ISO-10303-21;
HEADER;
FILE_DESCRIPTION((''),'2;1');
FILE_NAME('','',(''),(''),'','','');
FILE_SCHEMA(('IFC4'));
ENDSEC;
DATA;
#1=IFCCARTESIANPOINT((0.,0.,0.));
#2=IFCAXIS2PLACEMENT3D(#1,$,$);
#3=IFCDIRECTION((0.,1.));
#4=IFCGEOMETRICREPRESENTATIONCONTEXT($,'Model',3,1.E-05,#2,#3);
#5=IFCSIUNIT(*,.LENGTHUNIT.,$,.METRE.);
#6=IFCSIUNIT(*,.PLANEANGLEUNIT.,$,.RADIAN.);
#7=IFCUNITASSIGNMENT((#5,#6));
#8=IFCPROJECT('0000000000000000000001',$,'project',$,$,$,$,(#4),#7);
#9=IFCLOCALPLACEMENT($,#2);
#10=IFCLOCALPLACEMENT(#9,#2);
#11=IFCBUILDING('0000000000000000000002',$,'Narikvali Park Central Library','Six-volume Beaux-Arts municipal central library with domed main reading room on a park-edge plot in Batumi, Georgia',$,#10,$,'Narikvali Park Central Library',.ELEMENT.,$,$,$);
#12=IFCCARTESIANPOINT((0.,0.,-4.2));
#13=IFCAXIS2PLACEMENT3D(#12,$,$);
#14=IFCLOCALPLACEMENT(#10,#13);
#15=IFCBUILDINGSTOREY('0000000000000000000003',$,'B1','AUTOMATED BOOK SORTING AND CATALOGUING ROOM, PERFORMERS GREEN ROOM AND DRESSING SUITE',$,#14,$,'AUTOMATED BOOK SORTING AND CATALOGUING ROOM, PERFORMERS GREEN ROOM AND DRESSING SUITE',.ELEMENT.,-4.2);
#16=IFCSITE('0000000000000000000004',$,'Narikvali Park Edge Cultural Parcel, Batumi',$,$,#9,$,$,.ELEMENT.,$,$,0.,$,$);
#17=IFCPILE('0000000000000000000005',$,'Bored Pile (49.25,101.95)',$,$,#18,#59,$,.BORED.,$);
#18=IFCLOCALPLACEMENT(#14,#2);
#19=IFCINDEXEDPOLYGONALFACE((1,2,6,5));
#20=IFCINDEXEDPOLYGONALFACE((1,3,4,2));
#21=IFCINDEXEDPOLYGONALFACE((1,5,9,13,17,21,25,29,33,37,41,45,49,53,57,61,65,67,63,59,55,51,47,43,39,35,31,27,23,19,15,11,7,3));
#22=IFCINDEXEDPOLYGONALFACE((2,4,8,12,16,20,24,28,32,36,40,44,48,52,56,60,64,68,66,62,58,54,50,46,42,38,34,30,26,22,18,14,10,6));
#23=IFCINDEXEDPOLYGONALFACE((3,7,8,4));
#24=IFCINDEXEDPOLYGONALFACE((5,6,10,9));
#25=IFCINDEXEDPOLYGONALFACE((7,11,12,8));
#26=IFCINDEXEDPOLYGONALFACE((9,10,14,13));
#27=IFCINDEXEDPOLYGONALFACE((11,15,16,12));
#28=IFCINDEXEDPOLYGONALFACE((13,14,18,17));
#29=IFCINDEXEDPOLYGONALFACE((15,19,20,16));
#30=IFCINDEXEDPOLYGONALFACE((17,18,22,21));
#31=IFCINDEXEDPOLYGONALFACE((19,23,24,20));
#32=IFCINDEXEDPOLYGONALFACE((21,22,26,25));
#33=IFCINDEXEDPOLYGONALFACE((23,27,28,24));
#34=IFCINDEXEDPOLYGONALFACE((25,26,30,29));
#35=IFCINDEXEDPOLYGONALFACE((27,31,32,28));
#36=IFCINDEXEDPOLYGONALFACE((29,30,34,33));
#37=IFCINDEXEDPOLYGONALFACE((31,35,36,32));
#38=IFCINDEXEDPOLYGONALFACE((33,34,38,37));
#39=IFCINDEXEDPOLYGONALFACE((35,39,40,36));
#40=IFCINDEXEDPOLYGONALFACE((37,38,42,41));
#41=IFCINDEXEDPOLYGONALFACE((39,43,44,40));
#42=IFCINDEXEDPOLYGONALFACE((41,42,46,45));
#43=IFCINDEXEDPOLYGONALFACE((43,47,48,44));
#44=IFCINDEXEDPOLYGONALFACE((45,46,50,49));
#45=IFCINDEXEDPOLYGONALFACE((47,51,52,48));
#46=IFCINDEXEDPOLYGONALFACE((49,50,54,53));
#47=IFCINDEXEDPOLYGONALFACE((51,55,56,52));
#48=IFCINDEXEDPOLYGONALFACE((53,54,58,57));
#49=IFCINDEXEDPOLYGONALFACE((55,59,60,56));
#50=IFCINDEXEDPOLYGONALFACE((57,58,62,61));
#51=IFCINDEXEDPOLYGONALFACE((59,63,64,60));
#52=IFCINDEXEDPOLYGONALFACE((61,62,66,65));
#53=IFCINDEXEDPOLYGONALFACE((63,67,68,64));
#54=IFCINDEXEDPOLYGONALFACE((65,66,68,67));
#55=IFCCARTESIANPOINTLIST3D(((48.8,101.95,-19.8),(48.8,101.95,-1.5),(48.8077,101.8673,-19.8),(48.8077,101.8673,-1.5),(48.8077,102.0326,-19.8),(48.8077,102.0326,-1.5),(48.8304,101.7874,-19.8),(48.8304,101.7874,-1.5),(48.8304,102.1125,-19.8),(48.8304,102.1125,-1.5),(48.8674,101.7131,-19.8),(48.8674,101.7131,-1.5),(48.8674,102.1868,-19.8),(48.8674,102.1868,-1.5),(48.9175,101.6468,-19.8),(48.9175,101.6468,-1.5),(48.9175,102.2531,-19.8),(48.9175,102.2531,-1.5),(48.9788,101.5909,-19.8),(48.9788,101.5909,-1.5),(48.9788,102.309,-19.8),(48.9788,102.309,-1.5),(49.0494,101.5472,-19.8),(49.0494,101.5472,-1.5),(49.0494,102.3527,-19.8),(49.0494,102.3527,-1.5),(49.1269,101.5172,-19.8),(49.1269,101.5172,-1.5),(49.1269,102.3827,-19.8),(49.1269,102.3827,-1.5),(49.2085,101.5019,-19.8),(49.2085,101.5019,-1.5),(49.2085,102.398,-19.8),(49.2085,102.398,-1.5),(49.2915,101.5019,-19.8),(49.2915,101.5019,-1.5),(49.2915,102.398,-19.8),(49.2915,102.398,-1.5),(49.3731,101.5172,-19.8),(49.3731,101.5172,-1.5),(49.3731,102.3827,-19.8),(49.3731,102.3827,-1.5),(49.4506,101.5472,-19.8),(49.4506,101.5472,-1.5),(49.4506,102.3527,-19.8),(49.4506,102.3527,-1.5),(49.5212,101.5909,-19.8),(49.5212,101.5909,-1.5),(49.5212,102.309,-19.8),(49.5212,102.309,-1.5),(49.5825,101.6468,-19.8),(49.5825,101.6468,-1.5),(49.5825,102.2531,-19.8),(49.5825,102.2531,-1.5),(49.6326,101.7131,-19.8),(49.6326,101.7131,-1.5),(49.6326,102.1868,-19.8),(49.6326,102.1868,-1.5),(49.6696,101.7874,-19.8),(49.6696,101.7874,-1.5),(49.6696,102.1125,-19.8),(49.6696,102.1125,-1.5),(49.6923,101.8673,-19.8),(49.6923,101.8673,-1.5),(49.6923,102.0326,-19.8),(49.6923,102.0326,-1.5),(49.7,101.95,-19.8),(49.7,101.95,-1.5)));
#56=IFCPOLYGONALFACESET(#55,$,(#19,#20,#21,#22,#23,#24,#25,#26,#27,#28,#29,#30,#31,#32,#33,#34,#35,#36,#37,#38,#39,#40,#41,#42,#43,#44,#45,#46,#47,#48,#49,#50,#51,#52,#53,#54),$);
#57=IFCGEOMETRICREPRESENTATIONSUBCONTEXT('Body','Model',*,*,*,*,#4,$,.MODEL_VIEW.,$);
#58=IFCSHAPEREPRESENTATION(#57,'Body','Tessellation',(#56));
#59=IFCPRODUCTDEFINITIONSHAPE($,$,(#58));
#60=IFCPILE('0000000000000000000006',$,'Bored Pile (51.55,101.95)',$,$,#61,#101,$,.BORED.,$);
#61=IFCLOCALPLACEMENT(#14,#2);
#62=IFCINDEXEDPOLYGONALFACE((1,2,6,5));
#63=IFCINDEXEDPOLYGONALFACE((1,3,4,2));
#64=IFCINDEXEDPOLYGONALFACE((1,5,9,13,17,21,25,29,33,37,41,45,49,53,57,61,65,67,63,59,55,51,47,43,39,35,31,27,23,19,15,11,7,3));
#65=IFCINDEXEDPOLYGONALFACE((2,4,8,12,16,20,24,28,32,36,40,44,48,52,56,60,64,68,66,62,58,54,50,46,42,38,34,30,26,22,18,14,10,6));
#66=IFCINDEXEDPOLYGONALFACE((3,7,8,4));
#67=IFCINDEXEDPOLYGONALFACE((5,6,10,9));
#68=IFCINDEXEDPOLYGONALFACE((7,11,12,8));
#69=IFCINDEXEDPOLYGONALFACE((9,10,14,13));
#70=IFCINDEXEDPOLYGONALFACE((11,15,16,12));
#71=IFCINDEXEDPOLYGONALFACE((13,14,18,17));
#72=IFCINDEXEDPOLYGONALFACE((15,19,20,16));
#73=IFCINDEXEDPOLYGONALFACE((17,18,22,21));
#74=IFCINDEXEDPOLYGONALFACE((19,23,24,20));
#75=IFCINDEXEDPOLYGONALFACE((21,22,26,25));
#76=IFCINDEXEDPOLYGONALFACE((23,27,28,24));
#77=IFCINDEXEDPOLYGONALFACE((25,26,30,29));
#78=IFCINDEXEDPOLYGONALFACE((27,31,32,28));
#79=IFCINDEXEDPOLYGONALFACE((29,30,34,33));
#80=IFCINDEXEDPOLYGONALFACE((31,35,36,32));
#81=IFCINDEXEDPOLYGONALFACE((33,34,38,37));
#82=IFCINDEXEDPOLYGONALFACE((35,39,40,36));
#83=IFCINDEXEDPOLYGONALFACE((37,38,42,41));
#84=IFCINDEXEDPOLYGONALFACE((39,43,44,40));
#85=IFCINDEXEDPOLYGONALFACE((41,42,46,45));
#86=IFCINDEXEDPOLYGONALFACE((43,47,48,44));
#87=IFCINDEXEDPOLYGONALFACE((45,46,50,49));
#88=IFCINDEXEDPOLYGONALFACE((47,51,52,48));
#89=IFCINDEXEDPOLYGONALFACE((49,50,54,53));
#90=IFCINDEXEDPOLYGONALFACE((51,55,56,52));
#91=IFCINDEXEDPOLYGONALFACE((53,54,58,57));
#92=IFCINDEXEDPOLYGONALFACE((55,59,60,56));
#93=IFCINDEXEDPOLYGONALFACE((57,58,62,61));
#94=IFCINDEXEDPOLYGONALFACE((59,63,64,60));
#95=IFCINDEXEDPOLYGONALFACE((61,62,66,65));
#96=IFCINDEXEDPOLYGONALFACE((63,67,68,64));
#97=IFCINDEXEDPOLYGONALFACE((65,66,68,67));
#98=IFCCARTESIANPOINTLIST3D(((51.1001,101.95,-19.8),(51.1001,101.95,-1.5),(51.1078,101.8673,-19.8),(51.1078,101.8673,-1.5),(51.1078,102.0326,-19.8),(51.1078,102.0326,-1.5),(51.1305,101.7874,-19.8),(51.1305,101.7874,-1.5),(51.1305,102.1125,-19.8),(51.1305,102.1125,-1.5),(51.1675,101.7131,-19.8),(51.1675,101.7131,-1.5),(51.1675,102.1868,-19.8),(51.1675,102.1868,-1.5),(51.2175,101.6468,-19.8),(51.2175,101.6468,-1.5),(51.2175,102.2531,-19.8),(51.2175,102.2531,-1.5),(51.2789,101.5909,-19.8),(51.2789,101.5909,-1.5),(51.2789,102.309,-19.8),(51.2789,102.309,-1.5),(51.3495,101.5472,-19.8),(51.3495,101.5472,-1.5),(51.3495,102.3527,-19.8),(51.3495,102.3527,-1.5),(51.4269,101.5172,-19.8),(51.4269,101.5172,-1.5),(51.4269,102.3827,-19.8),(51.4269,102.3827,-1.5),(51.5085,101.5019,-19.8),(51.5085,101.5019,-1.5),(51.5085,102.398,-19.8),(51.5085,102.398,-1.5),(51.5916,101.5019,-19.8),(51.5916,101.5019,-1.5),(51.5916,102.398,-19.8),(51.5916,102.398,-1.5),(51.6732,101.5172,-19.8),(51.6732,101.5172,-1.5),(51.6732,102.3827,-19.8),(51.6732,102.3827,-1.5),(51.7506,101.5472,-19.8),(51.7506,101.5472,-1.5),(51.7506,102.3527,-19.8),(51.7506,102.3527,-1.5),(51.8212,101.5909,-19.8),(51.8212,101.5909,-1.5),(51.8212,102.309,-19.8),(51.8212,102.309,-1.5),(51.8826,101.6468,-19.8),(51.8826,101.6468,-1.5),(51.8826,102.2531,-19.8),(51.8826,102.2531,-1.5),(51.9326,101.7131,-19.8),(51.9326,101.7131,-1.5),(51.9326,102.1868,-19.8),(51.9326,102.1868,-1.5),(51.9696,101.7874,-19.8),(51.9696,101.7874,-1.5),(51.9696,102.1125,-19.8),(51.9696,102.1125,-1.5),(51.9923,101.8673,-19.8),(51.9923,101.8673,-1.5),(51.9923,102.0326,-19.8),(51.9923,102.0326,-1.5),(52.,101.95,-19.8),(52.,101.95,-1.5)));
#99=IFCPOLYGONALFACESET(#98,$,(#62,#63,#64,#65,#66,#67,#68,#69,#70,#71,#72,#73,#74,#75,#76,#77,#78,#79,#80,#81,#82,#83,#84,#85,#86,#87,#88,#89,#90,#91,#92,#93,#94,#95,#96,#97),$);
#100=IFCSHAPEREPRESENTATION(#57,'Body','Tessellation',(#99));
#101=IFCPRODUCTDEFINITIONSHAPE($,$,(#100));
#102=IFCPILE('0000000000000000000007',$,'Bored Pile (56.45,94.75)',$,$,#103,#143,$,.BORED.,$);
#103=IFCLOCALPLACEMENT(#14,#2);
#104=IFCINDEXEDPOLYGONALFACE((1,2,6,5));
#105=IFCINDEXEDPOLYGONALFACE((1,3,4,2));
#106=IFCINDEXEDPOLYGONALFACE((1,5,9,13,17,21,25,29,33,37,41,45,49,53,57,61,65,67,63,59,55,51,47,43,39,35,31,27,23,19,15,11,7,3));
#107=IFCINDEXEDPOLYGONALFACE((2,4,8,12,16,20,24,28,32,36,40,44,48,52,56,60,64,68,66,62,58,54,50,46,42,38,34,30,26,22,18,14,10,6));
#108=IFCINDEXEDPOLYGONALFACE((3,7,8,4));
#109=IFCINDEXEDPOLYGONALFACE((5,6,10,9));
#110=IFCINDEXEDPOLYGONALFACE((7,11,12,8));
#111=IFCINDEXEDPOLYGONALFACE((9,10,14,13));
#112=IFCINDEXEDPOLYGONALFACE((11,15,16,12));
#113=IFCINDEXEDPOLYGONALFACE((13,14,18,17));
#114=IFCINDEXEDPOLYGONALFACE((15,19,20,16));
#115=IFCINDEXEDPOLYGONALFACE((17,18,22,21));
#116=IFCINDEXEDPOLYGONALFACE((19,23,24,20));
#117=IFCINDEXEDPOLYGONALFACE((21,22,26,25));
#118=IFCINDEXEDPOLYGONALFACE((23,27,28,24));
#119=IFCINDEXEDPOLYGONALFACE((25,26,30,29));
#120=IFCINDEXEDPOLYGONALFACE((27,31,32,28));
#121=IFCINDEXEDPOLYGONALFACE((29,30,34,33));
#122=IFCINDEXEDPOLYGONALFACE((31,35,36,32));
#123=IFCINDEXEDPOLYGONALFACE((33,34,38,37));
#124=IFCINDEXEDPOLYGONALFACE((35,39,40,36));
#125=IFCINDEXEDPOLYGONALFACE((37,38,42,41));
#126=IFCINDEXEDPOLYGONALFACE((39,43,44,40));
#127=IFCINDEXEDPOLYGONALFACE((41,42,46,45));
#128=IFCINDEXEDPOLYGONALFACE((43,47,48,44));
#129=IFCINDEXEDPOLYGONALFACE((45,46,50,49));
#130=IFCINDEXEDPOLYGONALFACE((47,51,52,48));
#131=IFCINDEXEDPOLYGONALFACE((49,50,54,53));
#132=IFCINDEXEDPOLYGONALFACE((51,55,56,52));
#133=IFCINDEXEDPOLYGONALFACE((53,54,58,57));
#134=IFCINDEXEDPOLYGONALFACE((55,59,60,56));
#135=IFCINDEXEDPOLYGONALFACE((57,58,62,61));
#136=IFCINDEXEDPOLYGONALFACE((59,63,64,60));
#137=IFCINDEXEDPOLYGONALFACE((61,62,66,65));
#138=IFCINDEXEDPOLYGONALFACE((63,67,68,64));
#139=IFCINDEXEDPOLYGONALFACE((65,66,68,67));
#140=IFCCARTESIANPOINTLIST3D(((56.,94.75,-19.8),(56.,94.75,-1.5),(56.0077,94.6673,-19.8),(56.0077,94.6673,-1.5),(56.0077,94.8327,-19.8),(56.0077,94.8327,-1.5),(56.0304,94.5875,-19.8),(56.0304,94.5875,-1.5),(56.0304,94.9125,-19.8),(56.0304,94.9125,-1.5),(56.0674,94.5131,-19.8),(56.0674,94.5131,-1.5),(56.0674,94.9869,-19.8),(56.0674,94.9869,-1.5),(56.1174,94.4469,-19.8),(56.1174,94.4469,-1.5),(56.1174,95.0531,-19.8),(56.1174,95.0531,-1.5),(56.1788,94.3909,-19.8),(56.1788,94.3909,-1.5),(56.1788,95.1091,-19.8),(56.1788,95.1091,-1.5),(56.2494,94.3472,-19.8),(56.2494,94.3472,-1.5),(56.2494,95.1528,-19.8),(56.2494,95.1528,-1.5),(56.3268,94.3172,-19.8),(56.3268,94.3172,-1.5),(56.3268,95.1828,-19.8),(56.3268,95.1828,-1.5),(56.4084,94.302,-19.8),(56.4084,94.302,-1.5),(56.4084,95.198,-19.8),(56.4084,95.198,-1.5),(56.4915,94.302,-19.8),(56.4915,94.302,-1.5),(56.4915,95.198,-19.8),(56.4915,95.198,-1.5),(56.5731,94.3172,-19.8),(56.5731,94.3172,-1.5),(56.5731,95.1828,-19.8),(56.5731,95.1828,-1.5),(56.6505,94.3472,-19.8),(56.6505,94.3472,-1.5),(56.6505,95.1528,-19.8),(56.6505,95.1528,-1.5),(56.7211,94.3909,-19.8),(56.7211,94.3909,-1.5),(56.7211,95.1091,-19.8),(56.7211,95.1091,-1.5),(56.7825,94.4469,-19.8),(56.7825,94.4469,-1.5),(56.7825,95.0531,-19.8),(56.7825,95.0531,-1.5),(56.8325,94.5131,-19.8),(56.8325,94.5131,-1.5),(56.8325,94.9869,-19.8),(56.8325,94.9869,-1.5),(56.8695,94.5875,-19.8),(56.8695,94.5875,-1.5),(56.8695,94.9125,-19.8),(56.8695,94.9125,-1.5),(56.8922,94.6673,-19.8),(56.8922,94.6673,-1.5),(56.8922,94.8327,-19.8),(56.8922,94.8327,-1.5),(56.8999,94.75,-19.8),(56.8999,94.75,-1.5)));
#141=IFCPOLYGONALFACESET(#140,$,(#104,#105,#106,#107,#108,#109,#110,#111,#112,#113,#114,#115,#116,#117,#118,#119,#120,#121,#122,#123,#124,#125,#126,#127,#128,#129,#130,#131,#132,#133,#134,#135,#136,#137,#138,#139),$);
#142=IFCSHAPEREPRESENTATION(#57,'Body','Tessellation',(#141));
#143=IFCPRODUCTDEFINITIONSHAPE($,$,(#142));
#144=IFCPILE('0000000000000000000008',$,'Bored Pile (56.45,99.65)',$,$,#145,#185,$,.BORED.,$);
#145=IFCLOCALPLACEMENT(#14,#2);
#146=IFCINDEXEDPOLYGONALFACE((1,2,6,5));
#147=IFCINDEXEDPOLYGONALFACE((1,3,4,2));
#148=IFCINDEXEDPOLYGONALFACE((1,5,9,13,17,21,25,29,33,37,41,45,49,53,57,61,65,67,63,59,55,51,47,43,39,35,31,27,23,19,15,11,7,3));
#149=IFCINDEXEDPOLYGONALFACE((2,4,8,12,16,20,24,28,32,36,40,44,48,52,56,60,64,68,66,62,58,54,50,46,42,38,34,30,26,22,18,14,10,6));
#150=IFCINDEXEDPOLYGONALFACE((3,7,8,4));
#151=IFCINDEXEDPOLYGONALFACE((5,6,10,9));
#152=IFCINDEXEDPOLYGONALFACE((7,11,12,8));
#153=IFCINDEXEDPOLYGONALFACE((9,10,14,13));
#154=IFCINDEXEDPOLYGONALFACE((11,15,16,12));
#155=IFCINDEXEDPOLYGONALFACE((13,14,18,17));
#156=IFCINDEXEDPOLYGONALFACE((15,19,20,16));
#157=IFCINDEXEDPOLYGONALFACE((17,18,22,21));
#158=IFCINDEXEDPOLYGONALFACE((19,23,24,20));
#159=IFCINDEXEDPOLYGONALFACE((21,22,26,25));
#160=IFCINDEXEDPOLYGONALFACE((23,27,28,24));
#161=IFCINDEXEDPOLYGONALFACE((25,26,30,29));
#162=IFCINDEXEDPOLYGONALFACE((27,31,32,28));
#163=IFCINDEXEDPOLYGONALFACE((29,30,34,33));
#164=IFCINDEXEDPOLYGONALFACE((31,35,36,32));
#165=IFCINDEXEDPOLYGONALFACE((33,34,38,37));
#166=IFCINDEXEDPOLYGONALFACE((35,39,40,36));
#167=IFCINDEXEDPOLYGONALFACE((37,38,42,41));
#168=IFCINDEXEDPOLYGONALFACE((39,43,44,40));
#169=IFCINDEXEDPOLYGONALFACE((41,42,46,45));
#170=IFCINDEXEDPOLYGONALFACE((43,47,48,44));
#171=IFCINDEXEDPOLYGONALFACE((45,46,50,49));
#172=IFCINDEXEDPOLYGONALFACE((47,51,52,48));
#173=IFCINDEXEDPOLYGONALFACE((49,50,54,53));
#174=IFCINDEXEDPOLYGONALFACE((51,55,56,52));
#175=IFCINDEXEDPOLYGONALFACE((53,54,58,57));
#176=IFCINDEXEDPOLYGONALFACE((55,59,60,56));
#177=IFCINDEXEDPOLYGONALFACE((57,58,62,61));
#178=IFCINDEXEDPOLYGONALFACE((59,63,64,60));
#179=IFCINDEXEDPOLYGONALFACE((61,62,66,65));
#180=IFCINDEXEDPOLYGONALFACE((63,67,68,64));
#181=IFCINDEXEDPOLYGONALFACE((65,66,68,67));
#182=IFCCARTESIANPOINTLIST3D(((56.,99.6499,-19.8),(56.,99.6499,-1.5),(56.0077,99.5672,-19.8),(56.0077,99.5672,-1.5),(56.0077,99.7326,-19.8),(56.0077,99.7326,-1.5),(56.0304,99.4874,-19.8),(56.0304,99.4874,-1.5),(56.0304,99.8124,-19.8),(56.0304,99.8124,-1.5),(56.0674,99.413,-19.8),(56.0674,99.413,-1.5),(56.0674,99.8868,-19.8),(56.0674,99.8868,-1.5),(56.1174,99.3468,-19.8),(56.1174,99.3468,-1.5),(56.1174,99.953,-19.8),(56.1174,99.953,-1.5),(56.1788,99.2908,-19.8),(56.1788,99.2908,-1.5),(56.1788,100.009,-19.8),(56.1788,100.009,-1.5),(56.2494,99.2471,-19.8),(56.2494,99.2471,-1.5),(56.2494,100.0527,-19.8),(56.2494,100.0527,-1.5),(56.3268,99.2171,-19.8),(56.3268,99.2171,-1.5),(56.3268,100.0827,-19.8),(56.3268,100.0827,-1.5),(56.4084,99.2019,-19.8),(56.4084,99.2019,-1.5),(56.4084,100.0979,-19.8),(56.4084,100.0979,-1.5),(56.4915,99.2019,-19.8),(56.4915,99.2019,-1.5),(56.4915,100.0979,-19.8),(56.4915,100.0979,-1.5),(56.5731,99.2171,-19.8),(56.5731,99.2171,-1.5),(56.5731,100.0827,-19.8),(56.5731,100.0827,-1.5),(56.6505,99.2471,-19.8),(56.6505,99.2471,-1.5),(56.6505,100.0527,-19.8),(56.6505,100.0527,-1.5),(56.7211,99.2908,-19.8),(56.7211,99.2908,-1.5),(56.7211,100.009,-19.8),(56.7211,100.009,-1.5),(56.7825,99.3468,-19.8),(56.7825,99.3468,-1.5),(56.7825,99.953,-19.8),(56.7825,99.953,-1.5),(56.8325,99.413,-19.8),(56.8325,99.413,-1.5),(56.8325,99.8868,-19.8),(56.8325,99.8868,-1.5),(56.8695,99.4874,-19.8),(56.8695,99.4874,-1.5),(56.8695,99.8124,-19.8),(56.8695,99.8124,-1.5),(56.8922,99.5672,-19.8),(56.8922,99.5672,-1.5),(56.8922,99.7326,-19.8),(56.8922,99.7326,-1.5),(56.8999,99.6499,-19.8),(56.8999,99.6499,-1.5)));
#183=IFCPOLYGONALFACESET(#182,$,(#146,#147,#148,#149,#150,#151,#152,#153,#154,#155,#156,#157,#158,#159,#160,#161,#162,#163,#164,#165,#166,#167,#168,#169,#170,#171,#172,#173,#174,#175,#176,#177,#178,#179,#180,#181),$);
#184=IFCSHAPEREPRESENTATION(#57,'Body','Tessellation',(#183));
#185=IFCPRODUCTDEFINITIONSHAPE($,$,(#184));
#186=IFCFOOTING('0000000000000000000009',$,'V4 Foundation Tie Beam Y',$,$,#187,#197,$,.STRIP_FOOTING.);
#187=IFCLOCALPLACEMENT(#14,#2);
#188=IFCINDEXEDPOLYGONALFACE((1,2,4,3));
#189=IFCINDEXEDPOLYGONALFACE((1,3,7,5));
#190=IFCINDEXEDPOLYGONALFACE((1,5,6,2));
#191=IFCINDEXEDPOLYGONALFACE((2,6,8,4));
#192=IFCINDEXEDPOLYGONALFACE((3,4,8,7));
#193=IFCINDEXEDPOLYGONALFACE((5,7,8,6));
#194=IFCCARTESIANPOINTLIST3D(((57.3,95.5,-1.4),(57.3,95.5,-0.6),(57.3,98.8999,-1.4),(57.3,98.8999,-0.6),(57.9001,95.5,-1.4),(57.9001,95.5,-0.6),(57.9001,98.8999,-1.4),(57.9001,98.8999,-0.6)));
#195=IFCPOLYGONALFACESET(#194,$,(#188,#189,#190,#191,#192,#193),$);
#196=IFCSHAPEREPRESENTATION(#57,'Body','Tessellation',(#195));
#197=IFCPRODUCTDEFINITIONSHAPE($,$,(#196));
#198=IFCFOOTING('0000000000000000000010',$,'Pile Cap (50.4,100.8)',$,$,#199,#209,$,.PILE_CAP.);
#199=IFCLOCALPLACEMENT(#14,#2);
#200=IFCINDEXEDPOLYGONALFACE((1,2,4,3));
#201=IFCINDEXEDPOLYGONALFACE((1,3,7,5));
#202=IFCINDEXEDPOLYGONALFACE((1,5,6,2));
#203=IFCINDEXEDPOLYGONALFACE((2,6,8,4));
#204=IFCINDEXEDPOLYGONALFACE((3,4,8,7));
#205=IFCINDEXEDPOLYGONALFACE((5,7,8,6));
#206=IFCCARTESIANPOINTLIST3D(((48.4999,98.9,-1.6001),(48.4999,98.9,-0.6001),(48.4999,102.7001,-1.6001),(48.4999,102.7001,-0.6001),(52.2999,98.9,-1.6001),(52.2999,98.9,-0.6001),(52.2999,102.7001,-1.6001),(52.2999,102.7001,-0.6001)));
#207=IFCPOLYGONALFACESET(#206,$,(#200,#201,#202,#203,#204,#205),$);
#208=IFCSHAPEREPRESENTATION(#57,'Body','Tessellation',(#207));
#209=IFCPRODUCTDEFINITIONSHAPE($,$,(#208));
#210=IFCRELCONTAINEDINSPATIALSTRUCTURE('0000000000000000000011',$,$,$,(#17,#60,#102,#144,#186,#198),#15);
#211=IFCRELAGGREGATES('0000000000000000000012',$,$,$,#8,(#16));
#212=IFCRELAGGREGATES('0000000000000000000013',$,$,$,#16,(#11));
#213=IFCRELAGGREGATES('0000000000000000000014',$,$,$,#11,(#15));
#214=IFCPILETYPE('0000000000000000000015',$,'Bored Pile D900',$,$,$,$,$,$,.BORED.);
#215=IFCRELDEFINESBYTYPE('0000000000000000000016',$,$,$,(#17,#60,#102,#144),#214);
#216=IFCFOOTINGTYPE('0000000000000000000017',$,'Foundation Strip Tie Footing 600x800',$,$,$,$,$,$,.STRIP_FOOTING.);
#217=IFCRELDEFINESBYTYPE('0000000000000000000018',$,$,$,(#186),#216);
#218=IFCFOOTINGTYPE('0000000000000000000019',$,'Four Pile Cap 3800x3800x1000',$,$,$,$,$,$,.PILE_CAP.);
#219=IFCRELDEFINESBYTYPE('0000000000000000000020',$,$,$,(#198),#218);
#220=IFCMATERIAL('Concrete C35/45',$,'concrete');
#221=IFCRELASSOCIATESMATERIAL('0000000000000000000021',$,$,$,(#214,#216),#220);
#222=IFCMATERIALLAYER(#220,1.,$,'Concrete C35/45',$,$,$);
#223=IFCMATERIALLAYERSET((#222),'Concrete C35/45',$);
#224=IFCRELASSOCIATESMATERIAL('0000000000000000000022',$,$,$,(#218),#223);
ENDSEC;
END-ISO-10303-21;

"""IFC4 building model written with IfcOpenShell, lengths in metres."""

from ifc_helpers import new_model, si_unit, direction, frame, origin, origin_2d, place, context, subcontext, project, spatial, rectangle, circle, extrude, material, layer, layer_set, material_profile, profile_set, type_object, element, save


model = new_model("IFC4")

# Units and contexts
model_context = context("Model", 3, precision=1e-05, world=origin(), true_north=direction((0.0, 1.0)))
body_context = subcontext(model_context, "Body", "Model", "MODEL_VIEW")
ifc_project = project(units=[si_unit("LENGTHUNIT", "METRE"), si_unit("PLANEANGLEUNIT", "RADIAN")], contexts=[model_context])

# Site, building, storey
site_placement = place(None, origin())
site = spatial("IfcSite", under=ifc_project, at=site_placement, Name="Narikvali Park Edge Cultural Parcel, Batumi", CompositionType="ELEMENT", RefElevation=0.0)
building_placement = place(site_placement, origin())
building = spatial("IfcBuilding", under=site, at=building_placement, Name="Narikvali Park Central Library", Description="Six-volume Beaux-Arts municipal central library with domed main reading room on a park-edge plot in Batumi, Georgia", LongName="Narikvali Park Central Library", CompositionType="ELEMENT")
storey_placement = place(building_placement, frame((0.0, 0.0, -4.2)))
storey = spatial("IfcBuildingStorey", under=building, at=storey_placement, Name="B1", Description="AUTOMATED BOOK SORTING AND CATALOGUING ROOM, PERFORMERS GREEN ROOM AND DRESSING SUITE", LongName="AUTOMATED BOOK SORTING AND CATALOGUING ROOM, PERFORMERS GREEN ROOM AND DRESSING SUITE", CompositionType="ELEMENT", Elevation=-4.2)

# Piles
ifc_material_1 = material(Name="Concrete C35/45", Category="concrete")
ifc_material_profile_1 = material_profile(ifc_material_1, circle(Radius=0.45, at=origin_2d()), Name="PILE D900")
ifc_profile_set_1 = profile_set([ifc_material_profile_1], Name="Concrete C35/45")
pile_type = type_object("IfcPileType", Name="Bored Pile D900", PredefinedType="BORED", material=ifc_profile_set_1)
for number, where, z_axis, x_axis, name in (
    (1, (49.25, 101.95, -1.5), (0.0, 0.0, -1.0), (1.0, 0.0, 0.0), "Bored Pile (49.25,101.95)"),
    (2, (51.55, 101.95, -1.5), (0.0, 0.0, -1.0), (1.0, 0.0, 0.0), "Bored Pile (51.55,101.95)"),
    (3, (56.45, 94.75, -1.5), (0.0, 0.0, -1.0), (1.0, 0.0, 0.0), "Bored Pile (56.45,94.75)"),
    (4, (56.45, 99.6499, -1.5), (0.0, 0.0, -1.0), (1.0, 0.0, 0.0), "Bored Pile (56.45,99.65)"),
):
    element("IfcPile", number, at=place(storey_placement, frame(where, z_axis=z_axis, x_axis=x_axis)), inside=storey, type_object=pile_type, Name=name, PredefinedType="BORED", context=body_context, shape_type="SweptSolid", body=[
        extrude(circle(Radius=0.45, at=origin_2d()), origin(), (0.0, 0.0, 1.0), 18.3),
    ])

# Footings
ifc_material_profile_2 = material_profile(ifc_material_1, rectangle(XDim=0.6001, YDim=0.8, at=origin_2d()), Name="RC GB 600x800")
ifc_profile_set_2 = profile_set([ifc_material_profile_2], Name="Concrete C35/45")
footing_type_1 = type_object("IfcFootingType", Name="Foundation Strip Tie Footing 600x800", PredefinedType="STRIP_FOOTING", material=ifc_profile_set_2)
footing_placement = place(storey_placement, frame((57.6001, 95.5, -1.0), z_axis=(0.0, 1.0, 0.0), x_axis=(-1.0, 0.0, 0.0)))
element("IfcFooting", 5, at=footing_placement, inside=storey, type_object=footing_type_1, Name="V4 Foundation Tie Beam Y", PredefinedType="STRIP_FOOTING", context=body_context, shape_type="SweptSolid", body=[
    extrude(rectangle(XDim=0.6001, YDim=0.8, at=origin_2d()), origin(), (0.0, 0.0, 1.0), 3.3999),
])
ifc_layer_1 = layer(ifc_material_1, 1.0, Name="Concrete C35/45")
ifc_layer_set_1 = layer_set([ifc_layer_1], Name="Concrete C35/45")
footing_type_2 = type_object("IfcFootingType", Name="Four Pile Cap 3800x3800x1000", PredefinedType="PILE_CAP", material=ifc_layer_set_1)
for number, where, z_axis, x_axis, name in (
    (6, (50.3999, 100.8, -1.6001), (0.0, 0.0, 1.0), (1.0, 0.0, 0.0), "Pile Cap (50.4,100.8)"),
):
    element("IfcFooting", number, at=place(storey_placement, frame(where, z_axis=z_axis, x_axis=x_axis)), inside=storey, type_object=footing_type_2, Name=name, PredefinedType="PILE_CAP", context=body_context, shape_type="SweptSolid", body=[
        extrude(rectangle(XDim=3.8, YDim=3.8, at=origin_2d()), origin(), (0.0, 0.0, 1.0), 1.0),
    ])

save(model, "model.ifc")
